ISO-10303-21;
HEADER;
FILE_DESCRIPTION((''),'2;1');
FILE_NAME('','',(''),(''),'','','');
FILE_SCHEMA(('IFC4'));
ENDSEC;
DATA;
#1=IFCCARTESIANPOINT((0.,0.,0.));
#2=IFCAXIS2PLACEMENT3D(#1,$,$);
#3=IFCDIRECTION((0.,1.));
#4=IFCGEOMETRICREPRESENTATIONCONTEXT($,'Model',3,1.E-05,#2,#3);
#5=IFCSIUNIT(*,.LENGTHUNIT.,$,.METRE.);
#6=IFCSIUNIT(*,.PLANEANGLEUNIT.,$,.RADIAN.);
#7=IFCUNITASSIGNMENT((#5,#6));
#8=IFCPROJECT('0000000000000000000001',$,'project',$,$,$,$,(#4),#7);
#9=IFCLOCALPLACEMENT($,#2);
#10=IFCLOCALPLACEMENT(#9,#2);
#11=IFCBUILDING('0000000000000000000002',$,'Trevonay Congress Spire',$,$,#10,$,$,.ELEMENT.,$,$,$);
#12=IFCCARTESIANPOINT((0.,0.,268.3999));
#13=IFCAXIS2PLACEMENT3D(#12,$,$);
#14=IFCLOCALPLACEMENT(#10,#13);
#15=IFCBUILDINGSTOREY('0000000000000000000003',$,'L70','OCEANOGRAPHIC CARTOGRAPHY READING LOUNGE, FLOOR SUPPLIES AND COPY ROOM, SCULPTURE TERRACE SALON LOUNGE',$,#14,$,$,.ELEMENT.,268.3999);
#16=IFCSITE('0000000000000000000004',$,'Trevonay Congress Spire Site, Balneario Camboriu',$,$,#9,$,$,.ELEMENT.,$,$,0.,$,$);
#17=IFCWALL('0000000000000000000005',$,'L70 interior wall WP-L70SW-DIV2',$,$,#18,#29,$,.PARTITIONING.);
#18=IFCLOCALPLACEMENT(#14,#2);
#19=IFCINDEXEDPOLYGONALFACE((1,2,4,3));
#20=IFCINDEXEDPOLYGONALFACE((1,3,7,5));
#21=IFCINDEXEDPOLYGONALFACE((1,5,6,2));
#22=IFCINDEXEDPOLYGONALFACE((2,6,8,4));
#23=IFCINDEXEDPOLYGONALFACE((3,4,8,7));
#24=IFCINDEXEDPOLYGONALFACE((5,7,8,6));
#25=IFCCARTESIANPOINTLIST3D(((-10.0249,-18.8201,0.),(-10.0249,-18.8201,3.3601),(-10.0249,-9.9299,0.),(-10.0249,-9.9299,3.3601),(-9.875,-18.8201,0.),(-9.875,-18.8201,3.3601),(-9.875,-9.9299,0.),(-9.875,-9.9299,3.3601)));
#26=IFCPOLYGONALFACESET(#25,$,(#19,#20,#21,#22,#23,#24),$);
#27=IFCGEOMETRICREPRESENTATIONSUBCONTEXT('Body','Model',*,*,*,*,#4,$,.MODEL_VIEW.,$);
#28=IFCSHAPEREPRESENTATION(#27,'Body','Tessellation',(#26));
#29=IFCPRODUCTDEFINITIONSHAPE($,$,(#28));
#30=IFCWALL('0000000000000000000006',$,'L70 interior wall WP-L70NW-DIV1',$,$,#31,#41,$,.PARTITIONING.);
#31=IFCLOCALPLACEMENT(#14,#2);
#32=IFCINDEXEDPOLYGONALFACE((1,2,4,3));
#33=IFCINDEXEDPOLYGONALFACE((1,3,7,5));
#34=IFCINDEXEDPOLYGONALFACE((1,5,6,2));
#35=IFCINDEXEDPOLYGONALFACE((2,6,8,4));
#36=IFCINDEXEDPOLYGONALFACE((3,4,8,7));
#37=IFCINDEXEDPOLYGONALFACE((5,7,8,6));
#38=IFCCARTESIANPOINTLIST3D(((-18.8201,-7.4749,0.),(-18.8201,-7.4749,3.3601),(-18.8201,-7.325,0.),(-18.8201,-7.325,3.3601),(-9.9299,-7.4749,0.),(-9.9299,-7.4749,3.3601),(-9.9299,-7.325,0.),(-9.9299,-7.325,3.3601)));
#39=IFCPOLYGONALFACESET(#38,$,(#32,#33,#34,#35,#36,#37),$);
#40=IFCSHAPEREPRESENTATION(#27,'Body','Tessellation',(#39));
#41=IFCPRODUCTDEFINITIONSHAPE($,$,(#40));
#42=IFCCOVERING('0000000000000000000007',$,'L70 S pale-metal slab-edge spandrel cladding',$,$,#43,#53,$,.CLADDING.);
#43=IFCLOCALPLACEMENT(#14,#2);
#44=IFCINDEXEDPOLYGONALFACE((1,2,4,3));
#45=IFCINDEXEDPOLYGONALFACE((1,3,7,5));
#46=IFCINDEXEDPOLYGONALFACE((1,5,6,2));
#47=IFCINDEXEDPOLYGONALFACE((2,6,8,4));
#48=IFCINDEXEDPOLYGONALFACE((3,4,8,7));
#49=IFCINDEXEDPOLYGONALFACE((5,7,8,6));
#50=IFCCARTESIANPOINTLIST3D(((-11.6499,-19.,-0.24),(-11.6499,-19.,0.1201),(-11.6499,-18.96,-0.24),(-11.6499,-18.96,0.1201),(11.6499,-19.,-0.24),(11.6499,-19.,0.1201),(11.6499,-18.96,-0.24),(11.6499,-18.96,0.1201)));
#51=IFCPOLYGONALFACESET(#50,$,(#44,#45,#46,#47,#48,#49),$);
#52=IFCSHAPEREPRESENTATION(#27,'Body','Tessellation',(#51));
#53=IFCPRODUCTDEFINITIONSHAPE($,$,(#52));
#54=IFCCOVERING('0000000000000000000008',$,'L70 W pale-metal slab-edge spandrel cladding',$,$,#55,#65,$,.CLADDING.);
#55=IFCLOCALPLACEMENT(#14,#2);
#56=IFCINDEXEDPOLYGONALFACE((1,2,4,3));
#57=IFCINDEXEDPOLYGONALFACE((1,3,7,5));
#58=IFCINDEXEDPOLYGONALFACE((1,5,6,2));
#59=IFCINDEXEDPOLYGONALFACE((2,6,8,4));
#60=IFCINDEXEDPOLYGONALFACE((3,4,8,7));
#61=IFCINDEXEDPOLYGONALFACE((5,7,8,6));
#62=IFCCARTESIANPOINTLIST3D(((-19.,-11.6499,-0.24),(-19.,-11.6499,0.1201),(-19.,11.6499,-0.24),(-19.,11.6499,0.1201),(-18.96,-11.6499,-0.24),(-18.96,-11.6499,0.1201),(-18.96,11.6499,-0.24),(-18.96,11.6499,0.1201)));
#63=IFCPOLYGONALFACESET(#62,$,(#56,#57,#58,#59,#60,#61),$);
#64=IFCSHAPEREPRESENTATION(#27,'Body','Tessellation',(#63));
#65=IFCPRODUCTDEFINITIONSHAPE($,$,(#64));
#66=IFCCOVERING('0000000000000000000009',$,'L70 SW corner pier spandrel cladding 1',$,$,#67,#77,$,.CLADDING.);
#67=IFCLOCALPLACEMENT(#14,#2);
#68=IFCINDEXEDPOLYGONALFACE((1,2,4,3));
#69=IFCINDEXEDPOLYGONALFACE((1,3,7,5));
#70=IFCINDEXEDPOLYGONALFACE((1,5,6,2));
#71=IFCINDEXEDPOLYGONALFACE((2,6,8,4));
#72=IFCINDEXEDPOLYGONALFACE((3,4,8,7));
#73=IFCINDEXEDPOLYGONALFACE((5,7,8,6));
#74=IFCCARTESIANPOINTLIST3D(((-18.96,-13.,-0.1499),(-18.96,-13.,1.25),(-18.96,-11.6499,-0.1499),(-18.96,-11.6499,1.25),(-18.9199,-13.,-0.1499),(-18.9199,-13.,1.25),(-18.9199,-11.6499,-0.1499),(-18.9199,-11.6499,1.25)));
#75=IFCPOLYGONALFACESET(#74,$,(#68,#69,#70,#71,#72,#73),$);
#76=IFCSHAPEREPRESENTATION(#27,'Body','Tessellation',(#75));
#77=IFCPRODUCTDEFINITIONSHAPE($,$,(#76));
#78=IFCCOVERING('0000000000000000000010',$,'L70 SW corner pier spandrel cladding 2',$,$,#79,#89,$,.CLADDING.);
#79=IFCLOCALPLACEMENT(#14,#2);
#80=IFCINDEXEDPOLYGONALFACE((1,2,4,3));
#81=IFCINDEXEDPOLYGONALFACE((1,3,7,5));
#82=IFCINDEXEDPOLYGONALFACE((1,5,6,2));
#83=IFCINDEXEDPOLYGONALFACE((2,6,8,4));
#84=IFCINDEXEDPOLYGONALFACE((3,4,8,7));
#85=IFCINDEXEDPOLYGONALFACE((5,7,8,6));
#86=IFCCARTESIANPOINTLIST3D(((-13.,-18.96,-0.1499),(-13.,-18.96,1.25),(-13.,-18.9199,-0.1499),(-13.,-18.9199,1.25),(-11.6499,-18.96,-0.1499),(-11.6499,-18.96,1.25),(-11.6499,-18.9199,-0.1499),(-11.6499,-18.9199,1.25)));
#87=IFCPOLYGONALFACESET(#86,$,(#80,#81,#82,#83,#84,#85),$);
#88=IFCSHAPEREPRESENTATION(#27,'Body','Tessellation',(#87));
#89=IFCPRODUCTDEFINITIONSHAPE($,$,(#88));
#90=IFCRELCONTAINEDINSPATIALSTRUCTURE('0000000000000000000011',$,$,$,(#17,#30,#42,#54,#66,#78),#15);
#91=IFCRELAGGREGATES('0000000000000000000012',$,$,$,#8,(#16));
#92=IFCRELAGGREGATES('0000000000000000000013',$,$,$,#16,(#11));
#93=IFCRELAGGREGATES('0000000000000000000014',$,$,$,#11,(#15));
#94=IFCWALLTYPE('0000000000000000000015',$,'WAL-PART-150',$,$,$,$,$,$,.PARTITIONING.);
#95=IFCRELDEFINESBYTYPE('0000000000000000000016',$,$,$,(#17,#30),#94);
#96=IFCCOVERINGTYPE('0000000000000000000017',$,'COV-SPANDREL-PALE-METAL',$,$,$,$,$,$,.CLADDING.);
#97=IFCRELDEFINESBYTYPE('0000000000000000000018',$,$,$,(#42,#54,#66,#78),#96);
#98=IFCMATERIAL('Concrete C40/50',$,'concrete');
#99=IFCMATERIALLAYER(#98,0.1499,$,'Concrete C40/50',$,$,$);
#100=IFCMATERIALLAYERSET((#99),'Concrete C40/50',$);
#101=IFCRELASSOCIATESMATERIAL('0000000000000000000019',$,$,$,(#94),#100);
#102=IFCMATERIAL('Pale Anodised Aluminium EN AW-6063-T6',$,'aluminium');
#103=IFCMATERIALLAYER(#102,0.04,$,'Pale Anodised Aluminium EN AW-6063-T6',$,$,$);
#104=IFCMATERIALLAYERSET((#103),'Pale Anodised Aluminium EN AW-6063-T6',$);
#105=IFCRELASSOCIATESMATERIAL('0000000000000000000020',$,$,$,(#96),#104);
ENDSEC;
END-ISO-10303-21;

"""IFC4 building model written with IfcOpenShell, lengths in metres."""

from ifc_helpers import new_model, si_unit, direction, frame, frame_2d, origin, place, context, subcontext, project, spatial, rectangle, extrude, material, layer, layer_set, type_object, element, save


model = new_model("IFC4")

# Units and contexts
model_context = context("Model", 3, precision=1e-05, world=origin(), true_north=direction((0.0, 1.0)))
body_context = subcontext(model_context, "Body", "Model", "MODEL_VIEW")
ifc_project = project(units=[si_unit("LENGTHUNIT", "METRE"), si_unit("PLANEANGLEUNIT", "RADIAN")], contexts=[model_context])

# Site, building, storey
site_placement = place(None, origin())
site = spatial("IfcSite", under=ifc_project, at=site_placement, Name="Trevonay Congress Spire Site, Balneario Camboriu", CompositionType="ELEMENT", RefElevation=0.0)
building_placement = place(site_placement, origin())
building = spatial("IfcBuilding", under=site, at=building_placement, Name="Trevonay Congress Spire", CompositionType="ELEMENT")
storey_placement = place(building_placement, frame((0.0, 0.0, 268.3999)))
storey = spatial("IfcBuildingStorey", under=building, at=storey_placement, Name="L70", Description="OCEANOGRAPHIC CARTOGRAPHY READING LOUNGE, FLOOR SUPPLIES AND COPY ROOM, SCULPTURE TERRACE SALON LOUNGE", CompositionType="ELEMENT", Elevation=268.3999)

# Shared definitions
ifc_material_1 = material(Name="Pale Anodised Aluminium EN AW-6063-T6", Category="aluminium")

# Shared definitions
ifc_material_2 = material(Name="Concrete C40/50", Category="concrete")

# Walls
ifc_layer_1 = layer(ifc_material_2, 0.1499, Name="Concrete C40/50")
ifc_layer_set_1 = layer_set([ifc_layer_1], Name="Concrete C40/50")
wall_type_1 = type_object("IfcWallType", Name="WAL-PART-150", PredefinedType="PARTITIONING", material=ifc_layer_set_1)
for number, where, z_axis, x_axis, name in (
    (1, (-9.95, -18.8201, 0.0), (0.0, 0.0, 1.0), (0.0, 1.0, 0.0), "L70 interior wall WP-L70SW-DIV2"),
    (2, (-18.8201, -7.3999, 0.0), (0.0, 0.0, 1.0), (1.0, 0.0, 0.0), "L70 interior wall WP-L70NW-DIV1"),
):
    element("IfcWall", number, at=place(storey_placement, frame(where, z_axis=z_axis, x_axis=x_axis)), inside=storey, type_object=wall_type_1, Name=name, PredefinedType="PARTITIONING", context=body_context, shape_type="SweptSolid", body=[
        extrude(rectangle(XDim=8.8901, YDim=0.1499, at=frame_2d((4.4451, 0.0))), origin(), (0.0, 0.0, 1.0), 3.3601),
    ])

# Coverings
ifc_layer_2 = layer(ifc_material_1, 0.04, Name="Pale Anodised Aluminium EN AW-6063-T6")
ifc_layer_set_2 = layer_set([ifc_layer_2], Name="Pale Anodised Aluminium EN AW-6063-T6")
covering_type = type_object("IfcCoveringType", Name="COV-SPANDREL-PALE-METAL", PredefinedType="CLADDING", material=ifc_layer_set_2)
for number, where, z_axis, x_axis, name in (
    (3, (-11.6499, -18.98, -0.24), (0.0, 0.0, 1.0), (1.0, 0.0, 0.0), "L70 S pale-metal slab-edge spandrel cladding"),
    (4, (-18.98, -11.6499, -0.24), (0.0, 0.0, 1.0), (0.0, 1.0, 0.0), "L70 W pale-metal slab-edge spandrel cladding"),
):
    element("IfcCovering", number, at=place(storey_placement, frame(where, z_axis=z_axis, x_axis=x_axis)), inside=storey, type_object=covering_type, Name=name, PredefinedType="CLADDING", context=body_context, shape_type="SweptSolid", body=[
        extrude(rectangle(XDim=23.2998, YDim=0.04, at=frame_2d((11.6499, 0.0))), origin(), (0.0, 0.0, 1.0), 0.3601),
    ])
for number, where, z_axis, x_axis, name in (
    (5, (-18.9399, -11.6499, -0.1499), (0.0, 0.0, 1.0), (0.0, -1.0, 0.0), "L70 SW corner pier spandrel cladding 1"),
    (6, (-11.6499, -18.9399, -0.1499), (0.0, 0.0, 1.0), (-1.0, 0.0, 0.0), "L70 SW corner pier spandrel cladding 2"),
):
    element("IfcCovering", number, at=place(storey_placement, frame(where, z_axis=z_axis, x_axis=x_axis)), inside=storey, type_object=covering_type, Name=name, PredefinedType="CLADDING", context=body_context, shape_type="SweptSolid", body=[
        extrude(rectangle(XDim=1.3501, YDim=0.04, at=frame_2d((0.675, 0.0))), origin(), (0.0, 0.0, 1.0), 1.3999),
    ])

save(model, "model.ifc")
